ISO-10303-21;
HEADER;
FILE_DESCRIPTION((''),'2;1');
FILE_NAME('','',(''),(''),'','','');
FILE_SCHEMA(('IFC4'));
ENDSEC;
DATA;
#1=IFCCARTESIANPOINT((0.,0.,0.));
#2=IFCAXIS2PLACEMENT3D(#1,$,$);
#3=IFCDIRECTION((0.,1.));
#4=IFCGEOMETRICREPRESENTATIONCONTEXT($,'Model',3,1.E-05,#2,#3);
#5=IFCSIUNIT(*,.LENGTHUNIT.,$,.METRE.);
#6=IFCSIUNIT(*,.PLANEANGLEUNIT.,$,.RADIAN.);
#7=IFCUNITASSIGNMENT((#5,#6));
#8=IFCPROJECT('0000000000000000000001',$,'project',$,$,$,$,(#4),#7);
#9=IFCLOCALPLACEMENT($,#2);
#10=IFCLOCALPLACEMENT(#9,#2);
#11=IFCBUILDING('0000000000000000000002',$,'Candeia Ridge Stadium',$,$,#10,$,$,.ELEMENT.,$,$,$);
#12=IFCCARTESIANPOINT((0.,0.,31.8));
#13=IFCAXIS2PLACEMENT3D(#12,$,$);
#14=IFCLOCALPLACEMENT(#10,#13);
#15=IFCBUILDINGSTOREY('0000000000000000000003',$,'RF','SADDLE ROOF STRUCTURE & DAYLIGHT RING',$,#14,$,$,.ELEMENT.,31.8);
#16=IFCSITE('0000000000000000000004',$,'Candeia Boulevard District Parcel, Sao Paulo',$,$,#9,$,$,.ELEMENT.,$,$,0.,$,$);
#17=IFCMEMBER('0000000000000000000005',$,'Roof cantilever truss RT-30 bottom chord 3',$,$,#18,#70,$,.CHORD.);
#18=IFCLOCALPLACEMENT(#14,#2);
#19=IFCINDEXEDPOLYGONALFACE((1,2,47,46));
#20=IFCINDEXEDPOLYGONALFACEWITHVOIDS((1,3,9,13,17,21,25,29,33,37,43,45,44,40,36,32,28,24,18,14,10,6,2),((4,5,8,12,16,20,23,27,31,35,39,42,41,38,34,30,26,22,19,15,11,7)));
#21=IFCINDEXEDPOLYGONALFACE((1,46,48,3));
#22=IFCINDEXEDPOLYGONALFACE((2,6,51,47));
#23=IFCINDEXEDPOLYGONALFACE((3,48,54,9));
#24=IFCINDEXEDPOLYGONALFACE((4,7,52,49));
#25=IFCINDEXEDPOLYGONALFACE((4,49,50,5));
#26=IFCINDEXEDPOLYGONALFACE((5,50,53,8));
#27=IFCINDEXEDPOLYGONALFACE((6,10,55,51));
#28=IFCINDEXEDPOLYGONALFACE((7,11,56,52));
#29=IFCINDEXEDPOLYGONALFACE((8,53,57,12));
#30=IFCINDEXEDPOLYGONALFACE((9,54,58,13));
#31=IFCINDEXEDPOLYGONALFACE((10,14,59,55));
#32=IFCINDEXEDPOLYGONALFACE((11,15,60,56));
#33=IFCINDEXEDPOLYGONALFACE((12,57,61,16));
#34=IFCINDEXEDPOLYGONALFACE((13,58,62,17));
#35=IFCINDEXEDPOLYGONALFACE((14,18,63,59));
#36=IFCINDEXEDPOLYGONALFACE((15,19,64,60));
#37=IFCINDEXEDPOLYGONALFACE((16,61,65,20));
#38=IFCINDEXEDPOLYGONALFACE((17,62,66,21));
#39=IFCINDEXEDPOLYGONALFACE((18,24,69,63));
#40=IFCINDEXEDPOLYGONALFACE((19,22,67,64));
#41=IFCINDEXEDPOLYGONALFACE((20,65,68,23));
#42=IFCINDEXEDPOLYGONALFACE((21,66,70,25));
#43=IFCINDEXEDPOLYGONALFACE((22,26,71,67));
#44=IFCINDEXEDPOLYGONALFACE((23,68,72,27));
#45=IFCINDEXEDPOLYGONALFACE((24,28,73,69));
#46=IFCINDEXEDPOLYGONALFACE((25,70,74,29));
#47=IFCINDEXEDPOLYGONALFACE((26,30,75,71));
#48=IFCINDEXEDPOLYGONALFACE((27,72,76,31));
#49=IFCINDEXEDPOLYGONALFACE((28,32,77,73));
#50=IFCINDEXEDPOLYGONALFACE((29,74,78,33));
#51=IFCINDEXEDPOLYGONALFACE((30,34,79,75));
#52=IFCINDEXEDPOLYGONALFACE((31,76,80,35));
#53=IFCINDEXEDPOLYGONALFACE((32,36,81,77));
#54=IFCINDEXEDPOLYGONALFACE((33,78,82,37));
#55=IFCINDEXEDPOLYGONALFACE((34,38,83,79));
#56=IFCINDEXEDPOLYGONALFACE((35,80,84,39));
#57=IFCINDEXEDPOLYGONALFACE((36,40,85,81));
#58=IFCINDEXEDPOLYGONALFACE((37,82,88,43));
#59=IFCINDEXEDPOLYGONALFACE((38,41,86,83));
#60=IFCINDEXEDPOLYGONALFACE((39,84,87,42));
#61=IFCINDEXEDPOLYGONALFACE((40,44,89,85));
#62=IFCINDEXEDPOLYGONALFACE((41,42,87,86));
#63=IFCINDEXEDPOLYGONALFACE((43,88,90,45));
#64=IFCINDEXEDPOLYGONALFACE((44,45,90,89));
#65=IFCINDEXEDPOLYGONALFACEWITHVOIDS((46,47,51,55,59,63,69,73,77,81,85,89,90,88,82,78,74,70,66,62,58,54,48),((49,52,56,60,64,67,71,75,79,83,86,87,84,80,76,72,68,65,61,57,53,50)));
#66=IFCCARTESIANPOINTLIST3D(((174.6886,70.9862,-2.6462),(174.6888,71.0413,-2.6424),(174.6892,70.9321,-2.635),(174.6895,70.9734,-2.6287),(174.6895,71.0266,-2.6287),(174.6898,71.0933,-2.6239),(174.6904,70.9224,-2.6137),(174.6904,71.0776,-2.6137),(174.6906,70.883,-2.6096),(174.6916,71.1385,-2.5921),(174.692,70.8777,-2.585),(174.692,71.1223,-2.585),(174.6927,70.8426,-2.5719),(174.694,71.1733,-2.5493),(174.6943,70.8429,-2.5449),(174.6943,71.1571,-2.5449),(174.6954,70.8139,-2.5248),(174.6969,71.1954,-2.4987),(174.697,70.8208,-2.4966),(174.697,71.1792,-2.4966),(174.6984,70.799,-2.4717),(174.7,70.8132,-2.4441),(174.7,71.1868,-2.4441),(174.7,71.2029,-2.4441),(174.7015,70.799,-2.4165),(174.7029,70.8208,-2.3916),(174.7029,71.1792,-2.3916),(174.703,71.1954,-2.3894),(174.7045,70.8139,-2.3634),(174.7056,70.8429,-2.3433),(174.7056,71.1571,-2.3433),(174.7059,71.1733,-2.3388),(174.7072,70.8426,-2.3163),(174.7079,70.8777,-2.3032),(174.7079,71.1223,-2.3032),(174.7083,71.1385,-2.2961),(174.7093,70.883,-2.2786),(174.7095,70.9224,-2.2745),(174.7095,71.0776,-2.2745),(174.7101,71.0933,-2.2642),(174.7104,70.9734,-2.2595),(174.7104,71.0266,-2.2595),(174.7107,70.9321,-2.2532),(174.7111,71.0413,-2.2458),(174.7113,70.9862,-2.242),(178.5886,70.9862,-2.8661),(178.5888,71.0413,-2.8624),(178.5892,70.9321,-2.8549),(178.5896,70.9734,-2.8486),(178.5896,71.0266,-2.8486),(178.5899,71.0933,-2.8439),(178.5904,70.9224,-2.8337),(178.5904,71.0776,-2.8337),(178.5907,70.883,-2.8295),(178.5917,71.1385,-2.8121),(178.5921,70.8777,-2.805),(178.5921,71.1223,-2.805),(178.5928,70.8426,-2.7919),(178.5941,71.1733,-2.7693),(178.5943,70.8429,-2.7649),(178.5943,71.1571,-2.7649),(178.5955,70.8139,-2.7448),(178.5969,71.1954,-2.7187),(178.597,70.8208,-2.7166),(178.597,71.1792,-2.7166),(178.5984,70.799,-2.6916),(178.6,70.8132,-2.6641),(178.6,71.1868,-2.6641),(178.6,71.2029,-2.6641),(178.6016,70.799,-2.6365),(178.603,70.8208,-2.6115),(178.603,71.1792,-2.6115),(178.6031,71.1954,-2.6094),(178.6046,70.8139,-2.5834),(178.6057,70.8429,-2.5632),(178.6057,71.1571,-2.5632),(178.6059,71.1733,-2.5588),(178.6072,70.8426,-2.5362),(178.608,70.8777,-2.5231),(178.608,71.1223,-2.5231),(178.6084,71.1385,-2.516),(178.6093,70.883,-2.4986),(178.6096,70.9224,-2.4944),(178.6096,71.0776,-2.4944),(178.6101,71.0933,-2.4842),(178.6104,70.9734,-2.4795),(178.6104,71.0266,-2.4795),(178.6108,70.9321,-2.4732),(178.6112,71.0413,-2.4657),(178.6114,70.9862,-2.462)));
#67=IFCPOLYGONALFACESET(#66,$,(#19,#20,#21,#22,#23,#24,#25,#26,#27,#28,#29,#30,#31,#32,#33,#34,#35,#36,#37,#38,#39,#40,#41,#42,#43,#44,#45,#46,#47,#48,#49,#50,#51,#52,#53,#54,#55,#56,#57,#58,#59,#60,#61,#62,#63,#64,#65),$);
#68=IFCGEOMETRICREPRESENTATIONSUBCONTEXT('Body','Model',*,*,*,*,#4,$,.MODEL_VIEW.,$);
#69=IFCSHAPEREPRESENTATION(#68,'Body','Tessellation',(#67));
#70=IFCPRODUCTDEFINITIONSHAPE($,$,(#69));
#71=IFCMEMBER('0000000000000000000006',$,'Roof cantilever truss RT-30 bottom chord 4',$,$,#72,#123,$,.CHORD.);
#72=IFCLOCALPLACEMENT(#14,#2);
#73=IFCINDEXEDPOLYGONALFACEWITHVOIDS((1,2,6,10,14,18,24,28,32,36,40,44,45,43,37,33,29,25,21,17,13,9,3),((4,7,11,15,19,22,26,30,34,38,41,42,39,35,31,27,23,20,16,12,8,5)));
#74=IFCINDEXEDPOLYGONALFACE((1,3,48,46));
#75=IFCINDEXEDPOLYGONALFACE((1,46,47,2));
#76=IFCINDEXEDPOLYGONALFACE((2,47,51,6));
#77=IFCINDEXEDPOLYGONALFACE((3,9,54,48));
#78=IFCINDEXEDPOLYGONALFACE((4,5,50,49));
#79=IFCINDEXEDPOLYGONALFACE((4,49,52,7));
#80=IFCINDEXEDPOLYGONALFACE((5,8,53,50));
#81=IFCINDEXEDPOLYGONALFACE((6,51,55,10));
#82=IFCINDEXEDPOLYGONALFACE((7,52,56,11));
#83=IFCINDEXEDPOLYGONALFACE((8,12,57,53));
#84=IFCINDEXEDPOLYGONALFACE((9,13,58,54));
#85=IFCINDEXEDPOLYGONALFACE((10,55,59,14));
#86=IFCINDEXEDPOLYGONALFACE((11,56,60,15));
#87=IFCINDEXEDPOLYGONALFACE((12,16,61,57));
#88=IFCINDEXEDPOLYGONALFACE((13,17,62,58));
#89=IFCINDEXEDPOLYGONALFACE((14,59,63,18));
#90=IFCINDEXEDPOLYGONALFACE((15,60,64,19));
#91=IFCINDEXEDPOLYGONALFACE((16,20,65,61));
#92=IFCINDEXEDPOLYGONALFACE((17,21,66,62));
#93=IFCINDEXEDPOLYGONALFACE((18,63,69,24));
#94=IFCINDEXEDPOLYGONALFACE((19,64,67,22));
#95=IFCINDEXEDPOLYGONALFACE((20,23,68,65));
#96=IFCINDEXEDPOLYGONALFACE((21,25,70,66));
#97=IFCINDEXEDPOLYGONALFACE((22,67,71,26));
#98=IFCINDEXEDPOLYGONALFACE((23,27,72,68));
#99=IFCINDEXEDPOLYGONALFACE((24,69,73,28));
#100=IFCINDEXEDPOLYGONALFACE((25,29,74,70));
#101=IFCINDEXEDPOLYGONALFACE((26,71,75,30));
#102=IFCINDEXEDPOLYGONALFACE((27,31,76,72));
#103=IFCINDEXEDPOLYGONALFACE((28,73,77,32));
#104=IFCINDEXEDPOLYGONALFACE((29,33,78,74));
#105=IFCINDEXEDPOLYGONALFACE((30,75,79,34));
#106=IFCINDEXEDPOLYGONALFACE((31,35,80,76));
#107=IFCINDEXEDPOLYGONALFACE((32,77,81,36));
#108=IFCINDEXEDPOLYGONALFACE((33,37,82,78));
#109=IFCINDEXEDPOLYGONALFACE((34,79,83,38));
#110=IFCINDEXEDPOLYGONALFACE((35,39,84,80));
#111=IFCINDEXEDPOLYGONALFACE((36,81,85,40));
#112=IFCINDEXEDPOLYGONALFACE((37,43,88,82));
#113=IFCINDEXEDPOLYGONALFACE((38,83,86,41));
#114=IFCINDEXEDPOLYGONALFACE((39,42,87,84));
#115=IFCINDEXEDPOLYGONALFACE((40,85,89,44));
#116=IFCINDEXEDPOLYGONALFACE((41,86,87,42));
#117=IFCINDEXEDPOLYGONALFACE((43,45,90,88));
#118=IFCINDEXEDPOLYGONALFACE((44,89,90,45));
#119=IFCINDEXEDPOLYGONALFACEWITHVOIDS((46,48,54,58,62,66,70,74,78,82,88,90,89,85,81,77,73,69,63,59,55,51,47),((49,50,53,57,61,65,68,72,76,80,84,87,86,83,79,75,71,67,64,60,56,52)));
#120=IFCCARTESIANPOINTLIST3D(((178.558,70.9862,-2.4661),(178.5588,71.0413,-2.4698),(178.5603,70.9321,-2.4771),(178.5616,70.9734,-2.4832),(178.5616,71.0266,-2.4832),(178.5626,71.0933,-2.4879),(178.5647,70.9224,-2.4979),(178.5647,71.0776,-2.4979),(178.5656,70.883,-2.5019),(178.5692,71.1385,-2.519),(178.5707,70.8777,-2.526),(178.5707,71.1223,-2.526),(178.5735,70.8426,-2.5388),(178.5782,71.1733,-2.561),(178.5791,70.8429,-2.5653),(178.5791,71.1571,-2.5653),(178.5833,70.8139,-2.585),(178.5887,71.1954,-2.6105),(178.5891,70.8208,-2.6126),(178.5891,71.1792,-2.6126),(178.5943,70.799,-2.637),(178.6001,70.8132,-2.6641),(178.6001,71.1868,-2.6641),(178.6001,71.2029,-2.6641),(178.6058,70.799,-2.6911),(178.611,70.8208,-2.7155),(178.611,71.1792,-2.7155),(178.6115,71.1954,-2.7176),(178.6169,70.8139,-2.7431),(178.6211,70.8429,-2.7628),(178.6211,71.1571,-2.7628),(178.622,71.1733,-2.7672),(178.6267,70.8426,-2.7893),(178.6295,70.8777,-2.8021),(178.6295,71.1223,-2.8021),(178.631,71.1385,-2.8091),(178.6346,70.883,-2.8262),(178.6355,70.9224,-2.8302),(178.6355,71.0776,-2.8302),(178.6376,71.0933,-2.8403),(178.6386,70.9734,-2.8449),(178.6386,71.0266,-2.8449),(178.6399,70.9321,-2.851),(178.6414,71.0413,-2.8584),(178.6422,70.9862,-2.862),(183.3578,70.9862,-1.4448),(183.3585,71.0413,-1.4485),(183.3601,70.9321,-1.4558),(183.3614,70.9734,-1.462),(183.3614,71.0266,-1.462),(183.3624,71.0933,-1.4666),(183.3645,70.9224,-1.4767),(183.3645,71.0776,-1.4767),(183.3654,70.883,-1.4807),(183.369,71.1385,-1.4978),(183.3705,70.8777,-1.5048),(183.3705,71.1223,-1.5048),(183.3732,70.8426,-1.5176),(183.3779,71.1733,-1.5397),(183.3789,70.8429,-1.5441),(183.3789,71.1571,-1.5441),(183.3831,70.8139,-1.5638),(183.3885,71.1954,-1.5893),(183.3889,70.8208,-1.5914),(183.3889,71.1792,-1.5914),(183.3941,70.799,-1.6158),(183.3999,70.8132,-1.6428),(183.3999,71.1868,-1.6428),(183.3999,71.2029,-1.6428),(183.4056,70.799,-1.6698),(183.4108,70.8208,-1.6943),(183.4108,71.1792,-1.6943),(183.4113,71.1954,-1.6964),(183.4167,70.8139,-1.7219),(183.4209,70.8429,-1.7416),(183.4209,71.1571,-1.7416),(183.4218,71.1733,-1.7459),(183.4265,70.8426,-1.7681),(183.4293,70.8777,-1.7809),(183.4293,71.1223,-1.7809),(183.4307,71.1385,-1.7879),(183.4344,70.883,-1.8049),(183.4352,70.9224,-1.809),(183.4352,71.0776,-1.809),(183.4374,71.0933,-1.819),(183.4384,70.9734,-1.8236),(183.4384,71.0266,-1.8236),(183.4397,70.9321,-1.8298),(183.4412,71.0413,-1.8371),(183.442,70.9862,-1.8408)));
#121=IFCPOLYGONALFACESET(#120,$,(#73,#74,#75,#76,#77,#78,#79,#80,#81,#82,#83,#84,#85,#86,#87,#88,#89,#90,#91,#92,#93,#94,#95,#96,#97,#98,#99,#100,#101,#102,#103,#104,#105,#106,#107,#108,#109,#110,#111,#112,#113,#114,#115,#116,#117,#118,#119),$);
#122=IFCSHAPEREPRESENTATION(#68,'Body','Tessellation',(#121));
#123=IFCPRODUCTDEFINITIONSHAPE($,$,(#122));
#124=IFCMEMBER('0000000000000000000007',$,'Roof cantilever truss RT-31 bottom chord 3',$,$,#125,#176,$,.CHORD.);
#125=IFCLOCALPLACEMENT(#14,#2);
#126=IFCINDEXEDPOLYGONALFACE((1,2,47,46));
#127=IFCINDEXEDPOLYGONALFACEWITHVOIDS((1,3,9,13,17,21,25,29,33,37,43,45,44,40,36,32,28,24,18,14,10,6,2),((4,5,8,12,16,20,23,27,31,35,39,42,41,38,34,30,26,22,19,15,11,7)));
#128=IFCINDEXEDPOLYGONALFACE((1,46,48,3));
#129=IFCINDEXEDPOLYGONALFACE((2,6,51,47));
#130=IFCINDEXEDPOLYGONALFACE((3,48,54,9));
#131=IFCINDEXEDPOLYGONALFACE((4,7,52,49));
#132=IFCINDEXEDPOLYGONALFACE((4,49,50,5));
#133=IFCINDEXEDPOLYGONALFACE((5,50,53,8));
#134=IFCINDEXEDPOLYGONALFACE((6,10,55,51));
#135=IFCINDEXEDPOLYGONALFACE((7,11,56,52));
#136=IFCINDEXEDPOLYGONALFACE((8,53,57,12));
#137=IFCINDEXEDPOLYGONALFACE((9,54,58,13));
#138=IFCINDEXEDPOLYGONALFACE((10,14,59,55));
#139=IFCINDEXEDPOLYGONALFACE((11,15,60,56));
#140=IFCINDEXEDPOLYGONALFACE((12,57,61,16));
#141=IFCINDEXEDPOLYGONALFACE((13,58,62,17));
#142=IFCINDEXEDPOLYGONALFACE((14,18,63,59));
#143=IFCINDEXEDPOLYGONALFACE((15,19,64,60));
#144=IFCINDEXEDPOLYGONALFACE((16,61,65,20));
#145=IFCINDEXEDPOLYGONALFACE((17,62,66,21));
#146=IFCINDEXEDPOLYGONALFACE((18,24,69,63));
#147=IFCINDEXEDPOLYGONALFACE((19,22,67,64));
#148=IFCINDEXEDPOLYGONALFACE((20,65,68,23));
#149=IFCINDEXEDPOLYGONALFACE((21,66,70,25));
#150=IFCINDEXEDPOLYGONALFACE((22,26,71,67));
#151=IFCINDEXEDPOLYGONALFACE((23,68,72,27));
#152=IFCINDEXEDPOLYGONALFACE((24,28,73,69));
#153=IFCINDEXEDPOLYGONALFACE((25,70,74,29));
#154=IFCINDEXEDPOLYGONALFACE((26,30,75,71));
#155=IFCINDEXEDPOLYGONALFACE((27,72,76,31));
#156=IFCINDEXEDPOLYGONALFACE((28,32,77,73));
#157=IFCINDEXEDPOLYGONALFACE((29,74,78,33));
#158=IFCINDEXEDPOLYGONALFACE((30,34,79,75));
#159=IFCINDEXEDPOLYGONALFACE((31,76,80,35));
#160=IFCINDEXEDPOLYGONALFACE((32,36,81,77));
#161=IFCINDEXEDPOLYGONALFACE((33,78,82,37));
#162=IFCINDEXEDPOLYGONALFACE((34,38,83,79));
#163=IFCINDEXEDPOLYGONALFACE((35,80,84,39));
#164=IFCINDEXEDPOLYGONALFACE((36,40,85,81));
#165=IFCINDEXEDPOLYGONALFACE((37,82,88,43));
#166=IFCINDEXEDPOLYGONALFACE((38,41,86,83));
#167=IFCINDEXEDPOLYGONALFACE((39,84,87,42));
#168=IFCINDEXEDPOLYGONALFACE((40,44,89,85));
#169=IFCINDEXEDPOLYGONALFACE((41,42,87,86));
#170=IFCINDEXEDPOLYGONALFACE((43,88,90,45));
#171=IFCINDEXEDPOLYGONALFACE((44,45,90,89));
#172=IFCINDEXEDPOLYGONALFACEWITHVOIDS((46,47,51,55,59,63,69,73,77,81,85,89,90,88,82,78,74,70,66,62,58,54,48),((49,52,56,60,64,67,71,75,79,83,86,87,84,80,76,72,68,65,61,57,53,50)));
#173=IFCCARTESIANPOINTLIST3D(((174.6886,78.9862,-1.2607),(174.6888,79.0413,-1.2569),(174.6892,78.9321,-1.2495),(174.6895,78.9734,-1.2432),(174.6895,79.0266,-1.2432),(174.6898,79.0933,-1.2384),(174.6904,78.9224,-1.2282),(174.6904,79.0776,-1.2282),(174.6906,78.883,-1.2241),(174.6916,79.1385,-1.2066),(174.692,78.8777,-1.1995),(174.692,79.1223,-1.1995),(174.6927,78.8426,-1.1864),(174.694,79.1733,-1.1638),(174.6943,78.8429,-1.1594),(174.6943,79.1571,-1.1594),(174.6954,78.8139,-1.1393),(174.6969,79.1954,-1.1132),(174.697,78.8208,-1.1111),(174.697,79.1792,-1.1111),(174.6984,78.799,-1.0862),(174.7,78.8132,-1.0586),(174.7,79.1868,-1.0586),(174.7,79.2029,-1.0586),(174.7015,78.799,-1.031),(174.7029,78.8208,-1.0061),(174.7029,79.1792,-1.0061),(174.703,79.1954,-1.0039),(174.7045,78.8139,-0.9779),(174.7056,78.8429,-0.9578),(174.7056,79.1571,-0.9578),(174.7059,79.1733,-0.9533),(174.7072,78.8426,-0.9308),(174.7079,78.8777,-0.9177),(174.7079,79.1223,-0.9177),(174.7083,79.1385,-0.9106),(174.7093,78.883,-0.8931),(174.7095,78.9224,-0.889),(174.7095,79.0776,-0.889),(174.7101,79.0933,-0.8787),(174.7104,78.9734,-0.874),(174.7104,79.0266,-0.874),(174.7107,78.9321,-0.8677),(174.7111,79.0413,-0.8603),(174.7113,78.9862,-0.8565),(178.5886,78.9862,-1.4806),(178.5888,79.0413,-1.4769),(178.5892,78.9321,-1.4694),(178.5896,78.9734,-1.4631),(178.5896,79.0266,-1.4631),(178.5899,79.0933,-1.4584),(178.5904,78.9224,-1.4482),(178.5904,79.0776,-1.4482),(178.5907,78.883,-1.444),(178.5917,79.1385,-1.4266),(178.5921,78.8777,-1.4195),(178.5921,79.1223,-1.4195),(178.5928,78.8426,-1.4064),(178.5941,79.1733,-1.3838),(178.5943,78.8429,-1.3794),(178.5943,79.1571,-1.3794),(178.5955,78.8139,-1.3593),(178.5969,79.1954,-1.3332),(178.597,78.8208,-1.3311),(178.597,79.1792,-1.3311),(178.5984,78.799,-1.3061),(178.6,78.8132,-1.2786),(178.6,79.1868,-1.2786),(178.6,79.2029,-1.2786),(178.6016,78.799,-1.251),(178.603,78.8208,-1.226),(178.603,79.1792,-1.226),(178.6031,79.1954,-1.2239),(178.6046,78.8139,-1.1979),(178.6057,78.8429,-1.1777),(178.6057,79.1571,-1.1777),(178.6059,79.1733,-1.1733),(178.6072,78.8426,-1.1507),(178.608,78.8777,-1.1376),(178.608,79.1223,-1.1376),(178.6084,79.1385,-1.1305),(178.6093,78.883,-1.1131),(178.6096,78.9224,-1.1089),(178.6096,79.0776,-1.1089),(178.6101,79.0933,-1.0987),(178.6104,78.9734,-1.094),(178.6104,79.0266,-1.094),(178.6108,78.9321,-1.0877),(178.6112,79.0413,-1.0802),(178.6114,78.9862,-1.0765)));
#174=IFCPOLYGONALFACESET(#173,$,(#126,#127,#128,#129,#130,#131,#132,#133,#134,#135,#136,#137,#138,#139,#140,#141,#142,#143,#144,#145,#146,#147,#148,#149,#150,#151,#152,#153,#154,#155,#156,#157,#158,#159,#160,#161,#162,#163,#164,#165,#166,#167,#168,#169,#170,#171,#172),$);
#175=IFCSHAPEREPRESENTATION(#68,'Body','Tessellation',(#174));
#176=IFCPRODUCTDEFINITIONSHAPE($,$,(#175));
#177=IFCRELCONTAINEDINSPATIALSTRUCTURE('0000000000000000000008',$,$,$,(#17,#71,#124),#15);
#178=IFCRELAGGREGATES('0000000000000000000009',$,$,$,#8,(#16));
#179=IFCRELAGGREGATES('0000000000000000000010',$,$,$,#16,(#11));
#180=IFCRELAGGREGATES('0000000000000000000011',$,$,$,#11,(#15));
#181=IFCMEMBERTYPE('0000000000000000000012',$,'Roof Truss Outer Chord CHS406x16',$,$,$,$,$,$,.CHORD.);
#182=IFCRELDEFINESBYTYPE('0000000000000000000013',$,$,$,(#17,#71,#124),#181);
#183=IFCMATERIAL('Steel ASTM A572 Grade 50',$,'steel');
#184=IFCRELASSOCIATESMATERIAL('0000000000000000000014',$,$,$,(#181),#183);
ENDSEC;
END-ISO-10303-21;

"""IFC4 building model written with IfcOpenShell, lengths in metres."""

from ifc_helpers import new_model, si_unit, direction, frame, origin, origin_2d, place, context, subcontext, project, spatial, hollow_circle, extrude, material, material_profile, profile_set, type_object, element, save


model = new_model("IFC4")

# Units and contexts
model_context = context("Model", 3, precision=1e-05, world=origin(), true_north=direction((0.0, 1.0)))
body_context = subcontext(model_context, "Body", "Model", "MODEL_VIEW")
ifc_project = project(units=[si_unit("LENGTHUNIT", "METRE"), si_unit("PLANEANGLEUNIT", "RADIAN")], contexts=[model_context])

# Site, building, storey
site_placement = place(None, origin())
site = spatial("IfcSite", under=ifc_project, at=site_placement, Name="Candeia Boulevard District Parcel, Sao Paulo", CompositionType="ELEMENT", RefElevation=0.0)
building_placement = place(site_placement, origin())
building = spatial("IfcBuilding", under=site, at=building_placement, Name="Candeia Ridge Stadium", CompositionType="ELEMENT")
storey_placement = place(building_placement, frame((0.0, 0.0, 31.8)))
storey = spatial("IfcBuildingStorey", under=building, at=storey_placement, Name="RF", Description="SADDLE ROOF STRUCTURE & DAYLIGHT RING", CompositionType="ELEMENT", Elevation=31.8)

# Shared definitions
ifc_material_1 = material(Name="Steel ASTM A572 Grade 50", Category="steel")

# Members
ifc_material_profile_1 = material_profile(ifc_material_1, hollow_circle(Radius=0.2029, WallThickness=0.0161, at=origin_2d()), Name="CHS406x16", Category="steel")
ifc_profile_set_1 = profile_set([ifc_material_profile_1], Name="Steel ASTM A572 Grade 50")
member_type_1 = type_object("IfcMemberType", Name="Roof Truss Outer Chord CHS406x16", PredefinedType="CHORD", material=ifc_profile_set_1)
member_1_placement = place(storey_placement, frame((174.7, 71.0, -2.4441), z_axis=(0.998413, 0.0, -0.056311), x_axis=(0.0, 1.0, 0.0)))
element("IfcMember", 1, at=member_1_placement, inside=storey, type_object=member_type_1, Name="Roof cantilever truss RT-30 bottom chord 3", PredefinedType="CHORD", context=body_context, shape_type="SweptSolid", body=[
    extrude(hollow_circle(Radius=0.2029, WallThickness=0.0161, at=origin_2d()), origin(), (0.0, 0.0, 1.0), 3.9062),
])
member_2_placement = place(storey_placement, frame((178.6001, 71.0, -2.6641), z_axis=(0.978106, 0.0, 0.208109), x_axis=(0.0, 1.0, 0.0)))
element("IfcMember", 2, at=member_2_placement, inside=storey, type_object=member_type_1, Name="Roof cantilever truss RT-30 bottom chord 4", PredefinedType="CHORD", context=body_context, shape_type="SweptSolid", body=[
    extrude(hollow_circle(Radius=0.2029, WallThickness=0.0161, at=origin_2d()), origin(), (0.0, 0.0, 1.0), 4.9072),
])
member_3_placement = place(storey_placement, frame((174.7, 79.0, -1.0586), z_axis=(0.998413, 0.0, -0.056311), x_axis=(0.0, 1.0, 0.0)))
element("IfcMember", 3, at=member_3_placement, inside=storey, type_object=member_type_1, Name="Roof cantilever truss RT-31 bottom chord 3", PredefinedType="CHORD", context=body_context, shape_type="SweptSolid", body=[
    extrude(hollow_circle(Radius=0.2029, WallThickness=0.0161, at=origin_2d()), origin(), (0.0, 0.0, 1.0), 3.9062),
])

save(model, "model.ifc")
